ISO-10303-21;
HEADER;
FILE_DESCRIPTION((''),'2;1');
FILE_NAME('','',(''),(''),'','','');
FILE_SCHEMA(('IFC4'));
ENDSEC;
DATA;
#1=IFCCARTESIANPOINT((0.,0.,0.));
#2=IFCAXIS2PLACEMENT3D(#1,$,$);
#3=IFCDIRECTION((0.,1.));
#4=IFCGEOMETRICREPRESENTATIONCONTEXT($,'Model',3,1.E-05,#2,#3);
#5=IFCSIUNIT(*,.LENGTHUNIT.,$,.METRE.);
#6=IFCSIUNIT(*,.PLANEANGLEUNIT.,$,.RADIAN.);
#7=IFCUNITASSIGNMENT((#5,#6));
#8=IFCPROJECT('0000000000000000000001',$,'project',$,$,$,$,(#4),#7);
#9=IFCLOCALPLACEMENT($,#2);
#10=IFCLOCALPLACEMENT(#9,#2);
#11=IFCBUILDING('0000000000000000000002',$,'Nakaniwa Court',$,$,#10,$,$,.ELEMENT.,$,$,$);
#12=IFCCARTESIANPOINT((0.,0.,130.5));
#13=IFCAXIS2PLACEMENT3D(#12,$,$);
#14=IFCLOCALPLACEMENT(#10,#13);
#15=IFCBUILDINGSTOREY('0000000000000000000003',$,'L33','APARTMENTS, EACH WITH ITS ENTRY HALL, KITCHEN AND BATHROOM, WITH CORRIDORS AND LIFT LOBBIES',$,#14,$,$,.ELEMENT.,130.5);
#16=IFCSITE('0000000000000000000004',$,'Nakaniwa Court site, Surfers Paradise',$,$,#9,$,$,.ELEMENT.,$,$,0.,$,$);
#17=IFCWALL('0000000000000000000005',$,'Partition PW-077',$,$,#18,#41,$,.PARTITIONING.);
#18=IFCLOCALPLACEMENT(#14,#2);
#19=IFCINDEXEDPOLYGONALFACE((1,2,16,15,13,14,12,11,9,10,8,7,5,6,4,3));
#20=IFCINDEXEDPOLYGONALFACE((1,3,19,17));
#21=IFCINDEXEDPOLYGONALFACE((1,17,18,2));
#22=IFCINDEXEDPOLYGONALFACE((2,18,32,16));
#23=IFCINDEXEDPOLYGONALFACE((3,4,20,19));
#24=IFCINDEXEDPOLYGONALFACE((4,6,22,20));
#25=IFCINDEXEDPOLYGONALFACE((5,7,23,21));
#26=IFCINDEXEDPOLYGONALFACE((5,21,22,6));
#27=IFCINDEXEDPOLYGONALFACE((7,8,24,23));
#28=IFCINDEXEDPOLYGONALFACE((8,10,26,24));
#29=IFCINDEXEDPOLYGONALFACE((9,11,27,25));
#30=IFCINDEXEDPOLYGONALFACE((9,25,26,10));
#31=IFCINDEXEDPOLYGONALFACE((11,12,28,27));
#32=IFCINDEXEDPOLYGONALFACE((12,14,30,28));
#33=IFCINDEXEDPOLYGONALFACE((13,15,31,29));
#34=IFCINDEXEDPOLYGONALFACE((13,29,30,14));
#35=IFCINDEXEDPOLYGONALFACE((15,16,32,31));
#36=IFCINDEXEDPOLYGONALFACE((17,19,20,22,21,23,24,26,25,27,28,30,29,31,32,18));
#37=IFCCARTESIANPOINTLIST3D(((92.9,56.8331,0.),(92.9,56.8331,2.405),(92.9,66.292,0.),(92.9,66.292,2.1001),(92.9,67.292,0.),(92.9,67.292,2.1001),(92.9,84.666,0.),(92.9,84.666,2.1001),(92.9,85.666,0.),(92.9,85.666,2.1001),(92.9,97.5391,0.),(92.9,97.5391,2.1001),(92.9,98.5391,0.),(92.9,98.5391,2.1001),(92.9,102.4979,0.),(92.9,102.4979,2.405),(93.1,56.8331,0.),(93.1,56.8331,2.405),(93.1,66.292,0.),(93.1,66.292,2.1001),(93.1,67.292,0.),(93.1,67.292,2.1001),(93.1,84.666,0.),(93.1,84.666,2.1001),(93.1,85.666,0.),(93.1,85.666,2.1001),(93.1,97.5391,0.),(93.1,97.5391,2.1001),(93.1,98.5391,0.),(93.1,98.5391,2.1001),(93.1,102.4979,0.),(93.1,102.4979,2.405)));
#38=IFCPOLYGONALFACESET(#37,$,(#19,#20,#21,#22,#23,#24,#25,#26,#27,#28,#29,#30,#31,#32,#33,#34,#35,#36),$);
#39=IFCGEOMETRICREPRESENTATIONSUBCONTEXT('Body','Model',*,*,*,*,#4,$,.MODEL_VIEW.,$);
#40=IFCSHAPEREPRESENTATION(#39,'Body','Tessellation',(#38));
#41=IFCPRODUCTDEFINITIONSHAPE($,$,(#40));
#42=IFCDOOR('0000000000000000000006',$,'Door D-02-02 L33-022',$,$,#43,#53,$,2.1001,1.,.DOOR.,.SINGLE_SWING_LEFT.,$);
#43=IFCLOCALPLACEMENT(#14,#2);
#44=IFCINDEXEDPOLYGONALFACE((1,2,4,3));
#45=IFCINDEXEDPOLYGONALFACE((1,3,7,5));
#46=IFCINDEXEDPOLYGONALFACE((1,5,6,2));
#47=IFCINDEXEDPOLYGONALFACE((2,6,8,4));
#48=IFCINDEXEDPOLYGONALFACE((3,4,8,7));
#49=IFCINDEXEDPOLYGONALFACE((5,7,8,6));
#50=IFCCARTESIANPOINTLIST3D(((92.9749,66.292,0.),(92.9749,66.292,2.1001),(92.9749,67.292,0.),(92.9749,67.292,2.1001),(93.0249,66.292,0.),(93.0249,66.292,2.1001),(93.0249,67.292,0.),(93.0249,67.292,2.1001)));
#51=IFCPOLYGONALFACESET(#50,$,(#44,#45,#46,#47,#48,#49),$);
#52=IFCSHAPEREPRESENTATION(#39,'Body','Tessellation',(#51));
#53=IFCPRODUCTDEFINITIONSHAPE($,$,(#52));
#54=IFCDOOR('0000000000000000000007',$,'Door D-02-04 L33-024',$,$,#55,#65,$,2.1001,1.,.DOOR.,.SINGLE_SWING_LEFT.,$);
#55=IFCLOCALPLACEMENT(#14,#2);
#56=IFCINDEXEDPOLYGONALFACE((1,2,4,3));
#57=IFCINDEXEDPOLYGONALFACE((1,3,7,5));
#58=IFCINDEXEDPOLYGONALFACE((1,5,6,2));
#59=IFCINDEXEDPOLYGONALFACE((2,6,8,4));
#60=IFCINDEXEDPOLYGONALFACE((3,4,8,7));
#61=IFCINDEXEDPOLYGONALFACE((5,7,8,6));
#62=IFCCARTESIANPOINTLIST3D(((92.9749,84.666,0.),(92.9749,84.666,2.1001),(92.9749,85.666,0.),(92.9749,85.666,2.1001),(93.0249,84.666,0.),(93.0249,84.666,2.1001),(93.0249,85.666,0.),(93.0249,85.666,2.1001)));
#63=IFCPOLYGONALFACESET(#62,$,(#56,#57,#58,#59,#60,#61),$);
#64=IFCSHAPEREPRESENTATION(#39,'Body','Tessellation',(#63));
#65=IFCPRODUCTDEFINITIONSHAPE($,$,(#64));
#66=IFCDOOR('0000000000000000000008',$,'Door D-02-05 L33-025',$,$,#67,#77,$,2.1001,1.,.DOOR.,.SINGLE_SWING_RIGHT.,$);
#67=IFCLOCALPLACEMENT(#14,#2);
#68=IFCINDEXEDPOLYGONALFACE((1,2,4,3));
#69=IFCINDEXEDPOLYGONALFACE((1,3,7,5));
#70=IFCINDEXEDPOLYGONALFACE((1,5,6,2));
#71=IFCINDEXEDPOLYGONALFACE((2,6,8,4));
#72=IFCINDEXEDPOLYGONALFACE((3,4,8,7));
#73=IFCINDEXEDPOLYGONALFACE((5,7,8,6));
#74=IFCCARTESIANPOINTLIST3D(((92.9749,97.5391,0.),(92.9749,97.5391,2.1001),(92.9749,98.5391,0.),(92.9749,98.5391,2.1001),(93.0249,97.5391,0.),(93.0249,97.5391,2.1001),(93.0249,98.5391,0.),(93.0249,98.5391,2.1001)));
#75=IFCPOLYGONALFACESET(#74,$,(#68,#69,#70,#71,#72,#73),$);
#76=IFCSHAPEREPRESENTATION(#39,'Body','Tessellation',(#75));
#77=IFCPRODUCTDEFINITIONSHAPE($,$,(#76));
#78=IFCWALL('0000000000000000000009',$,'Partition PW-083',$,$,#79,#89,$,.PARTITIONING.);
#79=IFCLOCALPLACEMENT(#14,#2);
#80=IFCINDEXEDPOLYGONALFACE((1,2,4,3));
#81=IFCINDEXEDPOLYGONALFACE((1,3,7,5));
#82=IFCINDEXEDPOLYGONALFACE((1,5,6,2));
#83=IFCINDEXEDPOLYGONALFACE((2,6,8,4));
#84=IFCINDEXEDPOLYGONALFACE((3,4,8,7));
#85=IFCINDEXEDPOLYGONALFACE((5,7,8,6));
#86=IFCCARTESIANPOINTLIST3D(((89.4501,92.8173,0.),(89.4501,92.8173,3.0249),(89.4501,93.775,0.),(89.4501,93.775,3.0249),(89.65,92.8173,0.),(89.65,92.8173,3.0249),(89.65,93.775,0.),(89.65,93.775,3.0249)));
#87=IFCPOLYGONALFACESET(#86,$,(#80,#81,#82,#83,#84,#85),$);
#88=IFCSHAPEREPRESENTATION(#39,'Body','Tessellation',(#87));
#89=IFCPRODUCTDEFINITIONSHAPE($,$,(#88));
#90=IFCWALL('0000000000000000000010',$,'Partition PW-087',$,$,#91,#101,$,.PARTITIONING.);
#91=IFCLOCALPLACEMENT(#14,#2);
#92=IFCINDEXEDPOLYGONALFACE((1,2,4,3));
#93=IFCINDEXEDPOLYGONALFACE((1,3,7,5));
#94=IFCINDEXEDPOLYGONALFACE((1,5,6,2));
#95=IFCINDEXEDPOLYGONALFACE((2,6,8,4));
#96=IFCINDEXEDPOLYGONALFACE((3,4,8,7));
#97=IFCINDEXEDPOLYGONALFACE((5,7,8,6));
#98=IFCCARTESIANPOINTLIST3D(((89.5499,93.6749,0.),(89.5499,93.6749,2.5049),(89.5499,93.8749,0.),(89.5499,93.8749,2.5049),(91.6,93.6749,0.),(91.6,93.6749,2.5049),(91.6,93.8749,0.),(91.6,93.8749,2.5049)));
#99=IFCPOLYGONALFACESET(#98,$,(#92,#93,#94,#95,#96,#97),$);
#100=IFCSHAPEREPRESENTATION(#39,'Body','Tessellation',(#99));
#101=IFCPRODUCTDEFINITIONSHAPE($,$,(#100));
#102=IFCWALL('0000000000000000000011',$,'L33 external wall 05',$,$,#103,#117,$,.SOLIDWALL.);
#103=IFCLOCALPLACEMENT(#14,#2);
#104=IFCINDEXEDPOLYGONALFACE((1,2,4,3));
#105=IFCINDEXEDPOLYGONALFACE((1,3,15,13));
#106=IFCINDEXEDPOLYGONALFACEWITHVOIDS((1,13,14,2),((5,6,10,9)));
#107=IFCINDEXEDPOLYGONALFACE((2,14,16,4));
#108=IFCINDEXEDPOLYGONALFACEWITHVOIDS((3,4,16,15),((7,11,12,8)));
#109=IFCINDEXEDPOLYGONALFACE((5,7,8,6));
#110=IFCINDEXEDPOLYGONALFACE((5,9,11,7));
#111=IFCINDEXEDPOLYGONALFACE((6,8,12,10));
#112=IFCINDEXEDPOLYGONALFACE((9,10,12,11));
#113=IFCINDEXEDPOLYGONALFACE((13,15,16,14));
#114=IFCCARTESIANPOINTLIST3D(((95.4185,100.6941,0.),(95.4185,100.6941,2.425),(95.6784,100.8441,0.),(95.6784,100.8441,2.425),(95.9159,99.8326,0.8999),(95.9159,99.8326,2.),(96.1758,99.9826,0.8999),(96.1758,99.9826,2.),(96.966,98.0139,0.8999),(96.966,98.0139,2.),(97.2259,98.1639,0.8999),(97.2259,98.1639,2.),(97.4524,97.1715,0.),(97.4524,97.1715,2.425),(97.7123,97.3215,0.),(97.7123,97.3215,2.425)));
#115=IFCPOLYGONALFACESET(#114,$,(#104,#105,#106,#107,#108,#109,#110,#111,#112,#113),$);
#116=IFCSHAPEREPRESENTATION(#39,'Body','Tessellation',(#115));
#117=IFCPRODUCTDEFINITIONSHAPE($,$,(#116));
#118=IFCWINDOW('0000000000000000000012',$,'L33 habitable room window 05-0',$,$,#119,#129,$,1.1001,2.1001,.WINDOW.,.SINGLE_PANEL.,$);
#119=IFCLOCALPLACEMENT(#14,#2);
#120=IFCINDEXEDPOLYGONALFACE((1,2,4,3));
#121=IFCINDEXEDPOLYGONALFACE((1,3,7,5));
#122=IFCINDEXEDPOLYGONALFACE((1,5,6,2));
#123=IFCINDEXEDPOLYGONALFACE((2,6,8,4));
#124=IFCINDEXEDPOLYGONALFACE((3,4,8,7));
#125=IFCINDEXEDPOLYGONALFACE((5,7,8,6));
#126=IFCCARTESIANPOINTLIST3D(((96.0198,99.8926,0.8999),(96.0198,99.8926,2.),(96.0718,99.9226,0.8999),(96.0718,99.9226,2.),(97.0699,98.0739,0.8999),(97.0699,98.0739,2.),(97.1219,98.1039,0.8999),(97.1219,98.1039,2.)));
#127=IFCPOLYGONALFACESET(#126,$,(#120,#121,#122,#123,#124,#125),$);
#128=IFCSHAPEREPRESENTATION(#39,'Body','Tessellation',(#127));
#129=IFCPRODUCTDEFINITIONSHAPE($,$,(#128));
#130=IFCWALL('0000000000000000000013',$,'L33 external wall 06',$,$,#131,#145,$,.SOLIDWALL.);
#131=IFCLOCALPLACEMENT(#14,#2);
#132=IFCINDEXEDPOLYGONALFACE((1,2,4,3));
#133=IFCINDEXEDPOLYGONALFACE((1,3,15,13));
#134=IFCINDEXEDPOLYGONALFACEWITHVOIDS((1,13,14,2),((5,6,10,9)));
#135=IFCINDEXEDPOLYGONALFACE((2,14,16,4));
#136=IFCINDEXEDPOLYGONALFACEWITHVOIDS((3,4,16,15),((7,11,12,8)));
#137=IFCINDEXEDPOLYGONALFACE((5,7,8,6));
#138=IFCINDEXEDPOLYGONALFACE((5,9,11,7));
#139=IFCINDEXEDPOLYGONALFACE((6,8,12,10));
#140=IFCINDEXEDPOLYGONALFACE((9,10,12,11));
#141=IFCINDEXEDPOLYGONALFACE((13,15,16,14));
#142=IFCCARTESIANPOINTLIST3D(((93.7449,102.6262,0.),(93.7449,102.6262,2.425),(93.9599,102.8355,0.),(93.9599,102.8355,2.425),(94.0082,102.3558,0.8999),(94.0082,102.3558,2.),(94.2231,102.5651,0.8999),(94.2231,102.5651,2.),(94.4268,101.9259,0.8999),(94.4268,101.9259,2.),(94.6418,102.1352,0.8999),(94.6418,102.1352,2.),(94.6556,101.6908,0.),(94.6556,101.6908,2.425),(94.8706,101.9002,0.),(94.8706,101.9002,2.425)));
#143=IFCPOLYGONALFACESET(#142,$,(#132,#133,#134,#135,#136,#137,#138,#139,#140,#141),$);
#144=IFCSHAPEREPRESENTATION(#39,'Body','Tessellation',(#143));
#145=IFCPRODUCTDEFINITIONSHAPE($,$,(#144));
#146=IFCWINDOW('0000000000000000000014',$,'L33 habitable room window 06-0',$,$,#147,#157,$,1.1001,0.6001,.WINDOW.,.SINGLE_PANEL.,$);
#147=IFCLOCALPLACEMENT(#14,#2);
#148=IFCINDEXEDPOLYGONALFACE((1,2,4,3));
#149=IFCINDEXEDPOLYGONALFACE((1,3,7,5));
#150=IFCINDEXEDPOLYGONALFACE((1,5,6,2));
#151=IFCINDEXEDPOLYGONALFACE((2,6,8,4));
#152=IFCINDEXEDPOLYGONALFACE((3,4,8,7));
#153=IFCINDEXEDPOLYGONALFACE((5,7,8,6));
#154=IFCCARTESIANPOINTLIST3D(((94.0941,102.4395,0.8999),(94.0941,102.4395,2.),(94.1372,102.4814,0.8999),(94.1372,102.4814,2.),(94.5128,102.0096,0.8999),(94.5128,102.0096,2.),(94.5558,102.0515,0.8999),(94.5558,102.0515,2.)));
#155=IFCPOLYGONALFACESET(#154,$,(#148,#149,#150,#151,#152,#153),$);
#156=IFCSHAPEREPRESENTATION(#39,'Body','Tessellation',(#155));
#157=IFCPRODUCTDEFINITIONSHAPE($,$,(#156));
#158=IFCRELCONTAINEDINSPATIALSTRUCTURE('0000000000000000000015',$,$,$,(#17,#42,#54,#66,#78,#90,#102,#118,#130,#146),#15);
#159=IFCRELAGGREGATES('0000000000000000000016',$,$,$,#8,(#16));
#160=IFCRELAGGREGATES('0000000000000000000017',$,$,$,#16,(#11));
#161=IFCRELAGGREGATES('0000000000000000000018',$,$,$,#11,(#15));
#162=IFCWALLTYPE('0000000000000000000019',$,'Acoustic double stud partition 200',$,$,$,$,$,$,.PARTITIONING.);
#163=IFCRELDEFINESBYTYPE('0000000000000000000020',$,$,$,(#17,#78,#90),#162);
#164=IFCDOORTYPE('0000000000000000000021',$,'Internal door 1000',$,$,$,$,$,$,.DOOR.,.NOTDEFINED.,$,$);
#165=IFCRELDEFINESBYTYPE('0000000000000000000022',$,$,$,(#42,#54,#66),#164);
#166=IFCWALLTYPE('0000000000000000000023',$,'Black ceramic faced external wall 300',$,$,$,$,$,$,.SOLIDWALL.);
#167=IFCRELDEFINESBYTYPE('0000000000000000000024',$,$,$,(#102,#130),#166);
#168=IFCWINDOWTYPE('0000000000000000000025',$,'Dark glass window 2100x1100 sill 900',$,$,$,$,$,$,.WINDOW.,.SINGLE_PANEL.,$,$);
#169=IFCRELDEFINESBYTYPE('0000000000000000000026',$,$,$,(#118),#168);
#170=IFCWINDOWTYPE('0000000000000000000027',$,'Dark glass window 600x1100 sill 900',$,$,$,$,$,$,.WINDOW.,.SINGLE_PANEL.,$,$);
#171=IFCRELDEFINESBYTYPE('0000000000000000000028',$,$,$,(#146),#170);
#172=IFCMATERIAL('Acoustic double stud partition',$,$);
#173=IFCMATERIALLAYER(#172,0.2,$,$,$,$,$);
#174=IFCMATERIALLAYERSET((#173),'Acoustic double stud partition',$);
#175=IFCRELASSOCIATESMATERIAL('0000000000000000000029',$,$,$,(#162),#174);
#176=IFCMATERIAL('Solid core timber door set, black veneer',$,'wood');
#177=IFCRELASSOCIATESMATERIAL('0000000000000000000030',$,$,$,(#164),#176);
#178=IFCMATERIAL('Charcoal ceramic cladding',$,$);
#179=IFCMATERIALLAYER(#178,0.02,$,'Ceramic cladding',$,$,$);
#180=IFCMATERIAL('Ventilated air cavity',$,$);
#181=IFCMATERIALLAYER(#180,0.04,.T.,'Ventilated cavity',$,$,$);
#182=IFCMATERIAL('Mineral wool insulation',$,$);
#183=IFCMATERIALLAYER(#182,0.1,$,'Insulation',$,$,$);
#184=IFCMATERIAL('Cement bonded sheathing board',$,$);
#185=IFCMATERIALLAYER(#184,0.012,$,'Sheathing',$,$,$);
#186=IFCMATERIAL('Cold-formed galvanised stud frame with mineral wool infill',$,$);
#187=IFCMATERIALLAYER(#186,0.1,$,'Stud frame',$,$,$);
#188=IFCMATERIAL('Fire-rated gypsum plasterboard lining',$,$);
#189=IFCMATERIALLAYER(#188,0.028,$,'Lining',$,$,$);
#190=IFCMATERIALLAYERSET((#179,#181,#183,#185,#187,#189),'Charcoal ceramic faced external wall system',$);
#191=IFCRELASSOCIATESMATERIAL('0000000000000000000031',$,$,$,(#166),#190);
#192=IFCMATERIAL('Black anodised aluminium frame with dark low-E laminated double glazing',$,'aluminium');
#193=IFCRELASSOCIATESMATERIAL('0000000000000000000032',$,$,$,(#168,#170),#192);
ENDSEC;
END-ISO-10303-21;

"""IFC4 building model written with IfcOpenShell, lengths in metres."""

from ifc_helpers import new_model, si_unit, direction, frame, frame_2d, origin, place, context, subcontext, project, spatial, rectangle, extrude, material, layer, layer_set, type_object, element, fill, save


model = new_model("IFC4")

# Units and contexts
model_context = context("Model", 3, precision=1e-05, world=origin(), true_north=direction((0.0, 1.0)))
body_context = subcontext(model_context, "Body", "Model", "MODEL_VIEW")
ifc_project = project(units=[si_unit("LENGTHUNIT", "METRE"), si_unit("PLANEANGLEUNIT", "RADIAN")], contexts=[model_context])

# Site, building, storey
site_placement = place(None, origin())
site = spatial("IfcSite", under=ifc_project, at=site_placement, Name="Nakaniwa Court site, Surfers Paradise", CompositionType="ELEMENT", RefElevation=0.0)
building_placement = place(site_placement, origin())
building = spatial("IfcBuilding", under=site, at=building_placement, Name="Nakaniwa Court", CompositionType="ELEMENT")
storey_placement = place(building_placement, frame((0.0, 0.0, 130.5)))
storey = spatial("IfcBuildingStorey", under=building, at=storey_placement, Name="L33", Description="APARTMENTS, EACH WITH ITS ENTRY HALL, KITCHEN AND BATHROOM, WITH CORRIDORS AND LIFT LOBBIES", CompositionType="ELEMENT", Elevation=130.5)

# Shared definitions
ifc_material_1 = material(Name="Acoustic double stud partition")
ifc_layer_1 = layer(ifc_material_1, 0.2)
ifc_layer_set_1 = layer_set([ifc_layer_1], Name="Acoustic double stud partition")
wall_type_1 = type_object("IfcWallType", Name="Acoustic double stud partition 200", PredefinedType="PARTITIONING", material=ifc_layer_set_1)
ifc_material_2 = material(Name="Solid core timber door set, black veneer", Category="wood")
door_type = type_object("IfcDoorType", Name="Internal door 1000", OperationType="NOTDEFINED", PredefinedType="DOOR", material=ifc_material_2)

# Wall, openings, doors
wall_1_placement = place(storey_placement, frame((93.0, 102.498, 0.0), z_axis=(0.0, 0.0, 1.0), x_axis=(0.0, -1.0, 0.0)))
wall_1 = element("IfcWall", 1, at=wall_1_placement, inside=storey, type_object=wall_type_1, Name="Partition PW-077", PredefinedType="PARTITIONING", context=body_context, shape_type="SweptSolid", body=[
    extrude(rectangle(XDim=45.6648, YDim=0.2, at=frame_2d((22.8325, 0.0))), origin(), (0.0, 0.0, 1.0), 2.405),
])
opening_1_placement = place(wall_1_placement, frame((35.2061, 0.0, 0.0)))
opening_1 = element("IfcOpeningElement", 2, at=opening_1_placement, cuts=wall_1, PredefinedType="OPENING", context=body_context, shape_type="SweptSolid", body=[
    extrude(rectangle(XDim=1.0, YDim=2.1001, at=frame_2d((0.5, 1.05))), frame((0.0, 0.1099, 0.0), z_axis=(0.0, -1.0, 0.0), x_axis=(1.0, 0.0, 0.0)), (0.0, 0.0, 1.0), 0.22),
])
opening_2_placement = place(wall_1_placement, frame((16.832, 0.0, 0.0)))
opening_2 = element("IfcOpeningElement", 3, at=opening_2_placement, cuts=wall_1, PredefinedType="OPENING", context=body_context, shape_type="SweptSolid", body=[
    extrude(rectangle(XDim=1.0, YDim=2.1001, at=frame_2d((0.5, 1.05))), frame((0.0, 0.1099, 0.0), z_axis=(0.0, -1.0, 0.0), x_axis=(1.0, 0.0, 0.0)), (0.0, 0.0, 1.0), 0.22),
])
opening_3_placement = place(wall_1_placement, frame((3.959, 0.0, 0.0)))
opening_3 = element("IfcOpeningElement", 4, at=opening_3_placement, cuts=wall_1, PredefinedType="OPENING", context=body_context, shape_type="SweptSolid", body=[
    extrude(rectangle(XDim=1.0, YDim=2.1001, at=frame_2d((0.5, 1.05))), frame((0.0, 0.1099, 0.0), z_axis=(0.0, -1.0, 0.0), x_axis=(1.0, 0.0, 0.0)), (0.0, 0.0, 1.0), 0.22),
])
door_1_placement = place(opening_1_placement, origin())
door_1 = element("IfcDoor", 5, at=door_1_placement, inside=storey, type_object=door_type, Name="Door D-02-02 L33-022", OperationType="SINGLE_SWING_LEFT", OverallHeight=2.1001, OverallWidth=1.0, PredefinedType="DOOR", context=body_context, shape_type="SweptSolid", body=[
    extrude(rectangle(XDim=1.0, YDim=2.1001, at=frame_2d((0.5, 1.05))), frame((0.0, 0.0249, 0.0), z_axis=(0.0, -1.0, 0.0), x_axis=(1.0, 0.0, 0.0)), (0.0, 0.0, 1.0), 0.05),
])
fill(opening_1, door_1)
door_2_placement = place(opening_2_placement, origin())
door_2 = element("IfcDoor", 6, at=door_2_placement, inside=storey, type_object=door_type, Name="Door D-02-04 L33-024", OperationType="SINGLE_SWING_LEFT", OverallHeight=2.1001, OverallWidth=1.0, PredefinedType="DOOR", context=body_context, shape_type="SweptSolid", body=[
    extrude(rectangle(XDim=1.0, YDim=2.1001, at=frame_2d((0.5, 1.05))), frame((0.0, 0.0249, 0.0), z_axis=(0.0, -1.0, 0.0), x_axis=(1.0, 0.0, 0.0)), (0.0, 0.0, 1.0), 0.05),
])
fill(opening_2, door_2)
door_3_placement = place(opening_3_placement, origin())
door_3 = element("IfcDoor", 7, at=door_3_placement, inside=storey, type_object=door_type, Name="Door D-02-05 L33-025", OperationType="SINGLE_SWING_RIGHT", OverallHeight=2.1001, OverallWidth=1.0, PredefinedType="DOOR", context=body_context, shape_type="SweptSolid", body=[
    extrude(rectangle(XDim=1.0, YDim=2.1001, at=frame_2d((0.5, 1.05))), frame((0.0, 0.0249, 0.0), z_axis=(0.0, -1.0, 0.0), x_axis=(1.0, 0.0, 0.0)), (0.0, 0.0, 1.0), 0.05),
])
fill(opening_3, door_3)

# Walls
wall_2_placement = place(storey_placement, frame((89.55, 92.8171, 0.0), z_axis=(0.0, 0.0, 1.0), x_axis=(0.0, 1.0, 0.0)))
element("IfcWall", 8, at=wall_2_placement, inside=storey, type_object=wall_type_1, Name="Partition PW-083", PredefinedType="PARTITIONING", context=body_context, shape_type="SweptSolid", body=[
    extrude(rectangle(XDim=0.9578, YDim=0.2, at=frame_2d((0.479, 0.0))), origin(), (0.0, 0.0, 1.0), 3.0249),
])
wall_3_placement = place(storey_placement, frame((89.55, 93.7749, 0.0), z_axis=(0.0, 0.0, 1.0), x_axis=(1.0, 0.0, 0.0)))
element("IfcWall", 9, at=wall_3_placement, inside=storey, type_object=wall_type_1, Name="Partition PW-087", PredefinedType="PARTITIONING", context=body_context, shape_type="SweptSolid", body=[
    extrude(rectangle(XDim=2.05, YDim=0.2, at=frame_2d((1.0249, 0.0))), origin(), (0.0, 0.0, 1.0), 2.5049),
])

# Walls, openings, windows
ifc_material_3 = material(Name="Charcoal ceramic cladding")
ifc_layer_2 = layer(ifc_material_3, 0.02, Name="Ceramic cladding")
ifc_material_4 = material(Name="Ventilated air cavity")
ifc_layer_3 = layer(ifc_material_4, 0.04, ventilated=True, Name="Ventilated cavity")
ifc_material_5 = material(Name="Mineral wool insulation")
ifc_layer_4 = layer(ifc_material_5, 0.1, Name="Insulation")
ifc_material_6 = material(Name="Cement bonded sheathing board")
ifc_layer_5 = layer(ifc_material_6, 0.012, Name="Sheathing")
ifc_material_7 = material(Name="Cold-formed galvanised stud frame with mineral wool infill")
ifc_layer_6 = layer(ifc_material_7, 0.1, Name="Stud frame")
ifc_material_8 = material(Name="Fire-rated gypsum plasterboard lining")
ifc_layer_7 = layer(ifc_material_8, 0.028, Name="Lining")
ifc_layer_set_2 = layer_set([ifc_layer_2, ifc_layer_3, ifc_layer_4, ifc_layer_5, ifc_layer_6, ifc_layer_7], Name="Charcoal ceramic faced external wall system")
wall_type_2 = type_object("IfcWallType", Name="Black ceramic faced external wall 300", PredefinedType="SOLIDWALL", material=ifc_layer_set_2)
wall_4_placement = place(storey_placement, frame((97.5823, 97.2466, 0.0), z_axis=(0.0, 0.0, 1.0), x_axis=(-0.500019, 0.866015, 0.0)))
wall_4 = element("IfcWall", 10, at=wall_4_placement, inside=storey, type_object=wall_type_2, Name="L33 external wall 05", PredefinedType="SOLIDWALL", context=body_context, shape_type="SweptSolid", body=[
    extrude(rectangle(XDim=4.0676, YDim=0.3, at=frame_2d((2.0337, 0.0))), origin(), (0.0, 0.0, 1.0), 2.425),
])
opening_4_placement = place(wall_4_placement, frame((0.9727, 0.0, 0.8999)))
opening_4 = element("IfcOpeningElement", 11, at=opening_4_placement, cuts=wall_4, PredefinedType="OPENING", context=body_context, shape_type="SweptSolid", body=[
    extrude(rectangle(XDim=2.1001, YDim=1.1001, at=frame_2d((1.05, 0.55))), frame((0.0, 0.1599, 0.0), z_axis=(0.0, -1.0, 0.0), x_axis=(1.0, 0.0, 0.0)), (0.0, 0.0, 1.0), 0.3201),
])
ifc_material_9 = material(Name="Black anodised aluminium frame with dark low-E laminated double glazing", Category="aluminium")
window_type_1 = type_object("IfcWindowType", Name="Dark glass window 2100x1100 sill 900", PartitioningType="SINGLE_PANEL", PredefinedType="WINDOW", material=ifc_material_9)
window_1_placement = place(opening_4_placement, origin())
window_1 = element("IfcWindow", 12, at=window_1_placement, inside=storey, type_object=window_type_1, Name="L33 habitable room window 05-0", OverallHeight=1.1001, OverallWidth=2.1001, PartitioningType="SINGLE_PANEL", PredefinedType="WINDOW", context=body_context, shape_type="SweptSolid", body=[
    extrude(rectangle(XDim=2.1001, YDim=1.1001, at=frame_2d((1.05, 0.55))), frame((0.0, 0.03, 0.0), z_axis=(0.0, -1.0, 0.0), x_axis=(1.0, 0.0, 0.0)), (0.0, 0.0, 1.0), 0.0601),
])
fill(opening_4, window_1)
wall_5_placement = place(storey_placement, frame((94.7632, 101.7954, 0.0), z_axis=(0.0, 0.0, 1.0), x_axis=(-0.697599, 0.716488, 0.0)))
wall_5 = element("IfcWall", 13, at=wall_5_placement, inside=storey, type_object=wall_type_2, Name="L33 external wall 06", PredefinedType="SOLIDWALL", context=body_context, shape_type="SweptSolid", body=[
    extrude(rectangle(XDim=1.3054, YDim=0.3, at=frame_2d((0.6528, 0.0))), origin(), (0.0, 0.0, 1.0), 2.425),
])
opening_5_placement = place(wall_5_placement, frame((0.3281, 0.0, 0.8999)))
opening_5 = element("IfcOpeningElement", 14, at=opening_5_placement, cuts=wall_5, PredefinedType="OPENING", context=body_context, shape_type="SweptSolid", body=[
    extrude(rectangle(XDim=0.6001, YDim=1.1001, at=frame_2d((0.3, 0.55))), frame((0.0, 0.1599, 0.0), z_axis=(0.0, -1.0, 0.0), x_axis=(1.0, 0.0, 0.0)), (0.0, 0.0, 1.0), 0.3201),
])
window_type_2 = type_object("IfcWindowType", Name="Dark glass window 600x1100 sill 900", PartitioningType="SINGLE_PANEL", PredefinedType="WINDOW", material=ifc_material_9)
window_2_placement = place(opening_5_placement, origin())
window_2 = element("IfcWindow", 15, at=window_2_placement, inside=storey, type_object=window_type_2, Name="L33 habitable room window 06-0", OverallHeight=1.1001, OverallWidth=0.6001, PartitioningType="SINGLE_PANEL", PredefinedType="WINDOW", context=body_context, shape_type="SweptSolid", body=[
    extrude(rectangle(XDim=0.6001, YDim=1.1001, at=frame_2d((0.3, 0.55))), frame((0.0, 0.03, 0.0), z_axis=(0.0, -1.0, 0.0), x_axis=(1.0, 0.0, 0.0)), (0.0, 0.0, 1.0), 0.0601),
])
fill(opening_5, window_2)

save(model, "model.ifc")
